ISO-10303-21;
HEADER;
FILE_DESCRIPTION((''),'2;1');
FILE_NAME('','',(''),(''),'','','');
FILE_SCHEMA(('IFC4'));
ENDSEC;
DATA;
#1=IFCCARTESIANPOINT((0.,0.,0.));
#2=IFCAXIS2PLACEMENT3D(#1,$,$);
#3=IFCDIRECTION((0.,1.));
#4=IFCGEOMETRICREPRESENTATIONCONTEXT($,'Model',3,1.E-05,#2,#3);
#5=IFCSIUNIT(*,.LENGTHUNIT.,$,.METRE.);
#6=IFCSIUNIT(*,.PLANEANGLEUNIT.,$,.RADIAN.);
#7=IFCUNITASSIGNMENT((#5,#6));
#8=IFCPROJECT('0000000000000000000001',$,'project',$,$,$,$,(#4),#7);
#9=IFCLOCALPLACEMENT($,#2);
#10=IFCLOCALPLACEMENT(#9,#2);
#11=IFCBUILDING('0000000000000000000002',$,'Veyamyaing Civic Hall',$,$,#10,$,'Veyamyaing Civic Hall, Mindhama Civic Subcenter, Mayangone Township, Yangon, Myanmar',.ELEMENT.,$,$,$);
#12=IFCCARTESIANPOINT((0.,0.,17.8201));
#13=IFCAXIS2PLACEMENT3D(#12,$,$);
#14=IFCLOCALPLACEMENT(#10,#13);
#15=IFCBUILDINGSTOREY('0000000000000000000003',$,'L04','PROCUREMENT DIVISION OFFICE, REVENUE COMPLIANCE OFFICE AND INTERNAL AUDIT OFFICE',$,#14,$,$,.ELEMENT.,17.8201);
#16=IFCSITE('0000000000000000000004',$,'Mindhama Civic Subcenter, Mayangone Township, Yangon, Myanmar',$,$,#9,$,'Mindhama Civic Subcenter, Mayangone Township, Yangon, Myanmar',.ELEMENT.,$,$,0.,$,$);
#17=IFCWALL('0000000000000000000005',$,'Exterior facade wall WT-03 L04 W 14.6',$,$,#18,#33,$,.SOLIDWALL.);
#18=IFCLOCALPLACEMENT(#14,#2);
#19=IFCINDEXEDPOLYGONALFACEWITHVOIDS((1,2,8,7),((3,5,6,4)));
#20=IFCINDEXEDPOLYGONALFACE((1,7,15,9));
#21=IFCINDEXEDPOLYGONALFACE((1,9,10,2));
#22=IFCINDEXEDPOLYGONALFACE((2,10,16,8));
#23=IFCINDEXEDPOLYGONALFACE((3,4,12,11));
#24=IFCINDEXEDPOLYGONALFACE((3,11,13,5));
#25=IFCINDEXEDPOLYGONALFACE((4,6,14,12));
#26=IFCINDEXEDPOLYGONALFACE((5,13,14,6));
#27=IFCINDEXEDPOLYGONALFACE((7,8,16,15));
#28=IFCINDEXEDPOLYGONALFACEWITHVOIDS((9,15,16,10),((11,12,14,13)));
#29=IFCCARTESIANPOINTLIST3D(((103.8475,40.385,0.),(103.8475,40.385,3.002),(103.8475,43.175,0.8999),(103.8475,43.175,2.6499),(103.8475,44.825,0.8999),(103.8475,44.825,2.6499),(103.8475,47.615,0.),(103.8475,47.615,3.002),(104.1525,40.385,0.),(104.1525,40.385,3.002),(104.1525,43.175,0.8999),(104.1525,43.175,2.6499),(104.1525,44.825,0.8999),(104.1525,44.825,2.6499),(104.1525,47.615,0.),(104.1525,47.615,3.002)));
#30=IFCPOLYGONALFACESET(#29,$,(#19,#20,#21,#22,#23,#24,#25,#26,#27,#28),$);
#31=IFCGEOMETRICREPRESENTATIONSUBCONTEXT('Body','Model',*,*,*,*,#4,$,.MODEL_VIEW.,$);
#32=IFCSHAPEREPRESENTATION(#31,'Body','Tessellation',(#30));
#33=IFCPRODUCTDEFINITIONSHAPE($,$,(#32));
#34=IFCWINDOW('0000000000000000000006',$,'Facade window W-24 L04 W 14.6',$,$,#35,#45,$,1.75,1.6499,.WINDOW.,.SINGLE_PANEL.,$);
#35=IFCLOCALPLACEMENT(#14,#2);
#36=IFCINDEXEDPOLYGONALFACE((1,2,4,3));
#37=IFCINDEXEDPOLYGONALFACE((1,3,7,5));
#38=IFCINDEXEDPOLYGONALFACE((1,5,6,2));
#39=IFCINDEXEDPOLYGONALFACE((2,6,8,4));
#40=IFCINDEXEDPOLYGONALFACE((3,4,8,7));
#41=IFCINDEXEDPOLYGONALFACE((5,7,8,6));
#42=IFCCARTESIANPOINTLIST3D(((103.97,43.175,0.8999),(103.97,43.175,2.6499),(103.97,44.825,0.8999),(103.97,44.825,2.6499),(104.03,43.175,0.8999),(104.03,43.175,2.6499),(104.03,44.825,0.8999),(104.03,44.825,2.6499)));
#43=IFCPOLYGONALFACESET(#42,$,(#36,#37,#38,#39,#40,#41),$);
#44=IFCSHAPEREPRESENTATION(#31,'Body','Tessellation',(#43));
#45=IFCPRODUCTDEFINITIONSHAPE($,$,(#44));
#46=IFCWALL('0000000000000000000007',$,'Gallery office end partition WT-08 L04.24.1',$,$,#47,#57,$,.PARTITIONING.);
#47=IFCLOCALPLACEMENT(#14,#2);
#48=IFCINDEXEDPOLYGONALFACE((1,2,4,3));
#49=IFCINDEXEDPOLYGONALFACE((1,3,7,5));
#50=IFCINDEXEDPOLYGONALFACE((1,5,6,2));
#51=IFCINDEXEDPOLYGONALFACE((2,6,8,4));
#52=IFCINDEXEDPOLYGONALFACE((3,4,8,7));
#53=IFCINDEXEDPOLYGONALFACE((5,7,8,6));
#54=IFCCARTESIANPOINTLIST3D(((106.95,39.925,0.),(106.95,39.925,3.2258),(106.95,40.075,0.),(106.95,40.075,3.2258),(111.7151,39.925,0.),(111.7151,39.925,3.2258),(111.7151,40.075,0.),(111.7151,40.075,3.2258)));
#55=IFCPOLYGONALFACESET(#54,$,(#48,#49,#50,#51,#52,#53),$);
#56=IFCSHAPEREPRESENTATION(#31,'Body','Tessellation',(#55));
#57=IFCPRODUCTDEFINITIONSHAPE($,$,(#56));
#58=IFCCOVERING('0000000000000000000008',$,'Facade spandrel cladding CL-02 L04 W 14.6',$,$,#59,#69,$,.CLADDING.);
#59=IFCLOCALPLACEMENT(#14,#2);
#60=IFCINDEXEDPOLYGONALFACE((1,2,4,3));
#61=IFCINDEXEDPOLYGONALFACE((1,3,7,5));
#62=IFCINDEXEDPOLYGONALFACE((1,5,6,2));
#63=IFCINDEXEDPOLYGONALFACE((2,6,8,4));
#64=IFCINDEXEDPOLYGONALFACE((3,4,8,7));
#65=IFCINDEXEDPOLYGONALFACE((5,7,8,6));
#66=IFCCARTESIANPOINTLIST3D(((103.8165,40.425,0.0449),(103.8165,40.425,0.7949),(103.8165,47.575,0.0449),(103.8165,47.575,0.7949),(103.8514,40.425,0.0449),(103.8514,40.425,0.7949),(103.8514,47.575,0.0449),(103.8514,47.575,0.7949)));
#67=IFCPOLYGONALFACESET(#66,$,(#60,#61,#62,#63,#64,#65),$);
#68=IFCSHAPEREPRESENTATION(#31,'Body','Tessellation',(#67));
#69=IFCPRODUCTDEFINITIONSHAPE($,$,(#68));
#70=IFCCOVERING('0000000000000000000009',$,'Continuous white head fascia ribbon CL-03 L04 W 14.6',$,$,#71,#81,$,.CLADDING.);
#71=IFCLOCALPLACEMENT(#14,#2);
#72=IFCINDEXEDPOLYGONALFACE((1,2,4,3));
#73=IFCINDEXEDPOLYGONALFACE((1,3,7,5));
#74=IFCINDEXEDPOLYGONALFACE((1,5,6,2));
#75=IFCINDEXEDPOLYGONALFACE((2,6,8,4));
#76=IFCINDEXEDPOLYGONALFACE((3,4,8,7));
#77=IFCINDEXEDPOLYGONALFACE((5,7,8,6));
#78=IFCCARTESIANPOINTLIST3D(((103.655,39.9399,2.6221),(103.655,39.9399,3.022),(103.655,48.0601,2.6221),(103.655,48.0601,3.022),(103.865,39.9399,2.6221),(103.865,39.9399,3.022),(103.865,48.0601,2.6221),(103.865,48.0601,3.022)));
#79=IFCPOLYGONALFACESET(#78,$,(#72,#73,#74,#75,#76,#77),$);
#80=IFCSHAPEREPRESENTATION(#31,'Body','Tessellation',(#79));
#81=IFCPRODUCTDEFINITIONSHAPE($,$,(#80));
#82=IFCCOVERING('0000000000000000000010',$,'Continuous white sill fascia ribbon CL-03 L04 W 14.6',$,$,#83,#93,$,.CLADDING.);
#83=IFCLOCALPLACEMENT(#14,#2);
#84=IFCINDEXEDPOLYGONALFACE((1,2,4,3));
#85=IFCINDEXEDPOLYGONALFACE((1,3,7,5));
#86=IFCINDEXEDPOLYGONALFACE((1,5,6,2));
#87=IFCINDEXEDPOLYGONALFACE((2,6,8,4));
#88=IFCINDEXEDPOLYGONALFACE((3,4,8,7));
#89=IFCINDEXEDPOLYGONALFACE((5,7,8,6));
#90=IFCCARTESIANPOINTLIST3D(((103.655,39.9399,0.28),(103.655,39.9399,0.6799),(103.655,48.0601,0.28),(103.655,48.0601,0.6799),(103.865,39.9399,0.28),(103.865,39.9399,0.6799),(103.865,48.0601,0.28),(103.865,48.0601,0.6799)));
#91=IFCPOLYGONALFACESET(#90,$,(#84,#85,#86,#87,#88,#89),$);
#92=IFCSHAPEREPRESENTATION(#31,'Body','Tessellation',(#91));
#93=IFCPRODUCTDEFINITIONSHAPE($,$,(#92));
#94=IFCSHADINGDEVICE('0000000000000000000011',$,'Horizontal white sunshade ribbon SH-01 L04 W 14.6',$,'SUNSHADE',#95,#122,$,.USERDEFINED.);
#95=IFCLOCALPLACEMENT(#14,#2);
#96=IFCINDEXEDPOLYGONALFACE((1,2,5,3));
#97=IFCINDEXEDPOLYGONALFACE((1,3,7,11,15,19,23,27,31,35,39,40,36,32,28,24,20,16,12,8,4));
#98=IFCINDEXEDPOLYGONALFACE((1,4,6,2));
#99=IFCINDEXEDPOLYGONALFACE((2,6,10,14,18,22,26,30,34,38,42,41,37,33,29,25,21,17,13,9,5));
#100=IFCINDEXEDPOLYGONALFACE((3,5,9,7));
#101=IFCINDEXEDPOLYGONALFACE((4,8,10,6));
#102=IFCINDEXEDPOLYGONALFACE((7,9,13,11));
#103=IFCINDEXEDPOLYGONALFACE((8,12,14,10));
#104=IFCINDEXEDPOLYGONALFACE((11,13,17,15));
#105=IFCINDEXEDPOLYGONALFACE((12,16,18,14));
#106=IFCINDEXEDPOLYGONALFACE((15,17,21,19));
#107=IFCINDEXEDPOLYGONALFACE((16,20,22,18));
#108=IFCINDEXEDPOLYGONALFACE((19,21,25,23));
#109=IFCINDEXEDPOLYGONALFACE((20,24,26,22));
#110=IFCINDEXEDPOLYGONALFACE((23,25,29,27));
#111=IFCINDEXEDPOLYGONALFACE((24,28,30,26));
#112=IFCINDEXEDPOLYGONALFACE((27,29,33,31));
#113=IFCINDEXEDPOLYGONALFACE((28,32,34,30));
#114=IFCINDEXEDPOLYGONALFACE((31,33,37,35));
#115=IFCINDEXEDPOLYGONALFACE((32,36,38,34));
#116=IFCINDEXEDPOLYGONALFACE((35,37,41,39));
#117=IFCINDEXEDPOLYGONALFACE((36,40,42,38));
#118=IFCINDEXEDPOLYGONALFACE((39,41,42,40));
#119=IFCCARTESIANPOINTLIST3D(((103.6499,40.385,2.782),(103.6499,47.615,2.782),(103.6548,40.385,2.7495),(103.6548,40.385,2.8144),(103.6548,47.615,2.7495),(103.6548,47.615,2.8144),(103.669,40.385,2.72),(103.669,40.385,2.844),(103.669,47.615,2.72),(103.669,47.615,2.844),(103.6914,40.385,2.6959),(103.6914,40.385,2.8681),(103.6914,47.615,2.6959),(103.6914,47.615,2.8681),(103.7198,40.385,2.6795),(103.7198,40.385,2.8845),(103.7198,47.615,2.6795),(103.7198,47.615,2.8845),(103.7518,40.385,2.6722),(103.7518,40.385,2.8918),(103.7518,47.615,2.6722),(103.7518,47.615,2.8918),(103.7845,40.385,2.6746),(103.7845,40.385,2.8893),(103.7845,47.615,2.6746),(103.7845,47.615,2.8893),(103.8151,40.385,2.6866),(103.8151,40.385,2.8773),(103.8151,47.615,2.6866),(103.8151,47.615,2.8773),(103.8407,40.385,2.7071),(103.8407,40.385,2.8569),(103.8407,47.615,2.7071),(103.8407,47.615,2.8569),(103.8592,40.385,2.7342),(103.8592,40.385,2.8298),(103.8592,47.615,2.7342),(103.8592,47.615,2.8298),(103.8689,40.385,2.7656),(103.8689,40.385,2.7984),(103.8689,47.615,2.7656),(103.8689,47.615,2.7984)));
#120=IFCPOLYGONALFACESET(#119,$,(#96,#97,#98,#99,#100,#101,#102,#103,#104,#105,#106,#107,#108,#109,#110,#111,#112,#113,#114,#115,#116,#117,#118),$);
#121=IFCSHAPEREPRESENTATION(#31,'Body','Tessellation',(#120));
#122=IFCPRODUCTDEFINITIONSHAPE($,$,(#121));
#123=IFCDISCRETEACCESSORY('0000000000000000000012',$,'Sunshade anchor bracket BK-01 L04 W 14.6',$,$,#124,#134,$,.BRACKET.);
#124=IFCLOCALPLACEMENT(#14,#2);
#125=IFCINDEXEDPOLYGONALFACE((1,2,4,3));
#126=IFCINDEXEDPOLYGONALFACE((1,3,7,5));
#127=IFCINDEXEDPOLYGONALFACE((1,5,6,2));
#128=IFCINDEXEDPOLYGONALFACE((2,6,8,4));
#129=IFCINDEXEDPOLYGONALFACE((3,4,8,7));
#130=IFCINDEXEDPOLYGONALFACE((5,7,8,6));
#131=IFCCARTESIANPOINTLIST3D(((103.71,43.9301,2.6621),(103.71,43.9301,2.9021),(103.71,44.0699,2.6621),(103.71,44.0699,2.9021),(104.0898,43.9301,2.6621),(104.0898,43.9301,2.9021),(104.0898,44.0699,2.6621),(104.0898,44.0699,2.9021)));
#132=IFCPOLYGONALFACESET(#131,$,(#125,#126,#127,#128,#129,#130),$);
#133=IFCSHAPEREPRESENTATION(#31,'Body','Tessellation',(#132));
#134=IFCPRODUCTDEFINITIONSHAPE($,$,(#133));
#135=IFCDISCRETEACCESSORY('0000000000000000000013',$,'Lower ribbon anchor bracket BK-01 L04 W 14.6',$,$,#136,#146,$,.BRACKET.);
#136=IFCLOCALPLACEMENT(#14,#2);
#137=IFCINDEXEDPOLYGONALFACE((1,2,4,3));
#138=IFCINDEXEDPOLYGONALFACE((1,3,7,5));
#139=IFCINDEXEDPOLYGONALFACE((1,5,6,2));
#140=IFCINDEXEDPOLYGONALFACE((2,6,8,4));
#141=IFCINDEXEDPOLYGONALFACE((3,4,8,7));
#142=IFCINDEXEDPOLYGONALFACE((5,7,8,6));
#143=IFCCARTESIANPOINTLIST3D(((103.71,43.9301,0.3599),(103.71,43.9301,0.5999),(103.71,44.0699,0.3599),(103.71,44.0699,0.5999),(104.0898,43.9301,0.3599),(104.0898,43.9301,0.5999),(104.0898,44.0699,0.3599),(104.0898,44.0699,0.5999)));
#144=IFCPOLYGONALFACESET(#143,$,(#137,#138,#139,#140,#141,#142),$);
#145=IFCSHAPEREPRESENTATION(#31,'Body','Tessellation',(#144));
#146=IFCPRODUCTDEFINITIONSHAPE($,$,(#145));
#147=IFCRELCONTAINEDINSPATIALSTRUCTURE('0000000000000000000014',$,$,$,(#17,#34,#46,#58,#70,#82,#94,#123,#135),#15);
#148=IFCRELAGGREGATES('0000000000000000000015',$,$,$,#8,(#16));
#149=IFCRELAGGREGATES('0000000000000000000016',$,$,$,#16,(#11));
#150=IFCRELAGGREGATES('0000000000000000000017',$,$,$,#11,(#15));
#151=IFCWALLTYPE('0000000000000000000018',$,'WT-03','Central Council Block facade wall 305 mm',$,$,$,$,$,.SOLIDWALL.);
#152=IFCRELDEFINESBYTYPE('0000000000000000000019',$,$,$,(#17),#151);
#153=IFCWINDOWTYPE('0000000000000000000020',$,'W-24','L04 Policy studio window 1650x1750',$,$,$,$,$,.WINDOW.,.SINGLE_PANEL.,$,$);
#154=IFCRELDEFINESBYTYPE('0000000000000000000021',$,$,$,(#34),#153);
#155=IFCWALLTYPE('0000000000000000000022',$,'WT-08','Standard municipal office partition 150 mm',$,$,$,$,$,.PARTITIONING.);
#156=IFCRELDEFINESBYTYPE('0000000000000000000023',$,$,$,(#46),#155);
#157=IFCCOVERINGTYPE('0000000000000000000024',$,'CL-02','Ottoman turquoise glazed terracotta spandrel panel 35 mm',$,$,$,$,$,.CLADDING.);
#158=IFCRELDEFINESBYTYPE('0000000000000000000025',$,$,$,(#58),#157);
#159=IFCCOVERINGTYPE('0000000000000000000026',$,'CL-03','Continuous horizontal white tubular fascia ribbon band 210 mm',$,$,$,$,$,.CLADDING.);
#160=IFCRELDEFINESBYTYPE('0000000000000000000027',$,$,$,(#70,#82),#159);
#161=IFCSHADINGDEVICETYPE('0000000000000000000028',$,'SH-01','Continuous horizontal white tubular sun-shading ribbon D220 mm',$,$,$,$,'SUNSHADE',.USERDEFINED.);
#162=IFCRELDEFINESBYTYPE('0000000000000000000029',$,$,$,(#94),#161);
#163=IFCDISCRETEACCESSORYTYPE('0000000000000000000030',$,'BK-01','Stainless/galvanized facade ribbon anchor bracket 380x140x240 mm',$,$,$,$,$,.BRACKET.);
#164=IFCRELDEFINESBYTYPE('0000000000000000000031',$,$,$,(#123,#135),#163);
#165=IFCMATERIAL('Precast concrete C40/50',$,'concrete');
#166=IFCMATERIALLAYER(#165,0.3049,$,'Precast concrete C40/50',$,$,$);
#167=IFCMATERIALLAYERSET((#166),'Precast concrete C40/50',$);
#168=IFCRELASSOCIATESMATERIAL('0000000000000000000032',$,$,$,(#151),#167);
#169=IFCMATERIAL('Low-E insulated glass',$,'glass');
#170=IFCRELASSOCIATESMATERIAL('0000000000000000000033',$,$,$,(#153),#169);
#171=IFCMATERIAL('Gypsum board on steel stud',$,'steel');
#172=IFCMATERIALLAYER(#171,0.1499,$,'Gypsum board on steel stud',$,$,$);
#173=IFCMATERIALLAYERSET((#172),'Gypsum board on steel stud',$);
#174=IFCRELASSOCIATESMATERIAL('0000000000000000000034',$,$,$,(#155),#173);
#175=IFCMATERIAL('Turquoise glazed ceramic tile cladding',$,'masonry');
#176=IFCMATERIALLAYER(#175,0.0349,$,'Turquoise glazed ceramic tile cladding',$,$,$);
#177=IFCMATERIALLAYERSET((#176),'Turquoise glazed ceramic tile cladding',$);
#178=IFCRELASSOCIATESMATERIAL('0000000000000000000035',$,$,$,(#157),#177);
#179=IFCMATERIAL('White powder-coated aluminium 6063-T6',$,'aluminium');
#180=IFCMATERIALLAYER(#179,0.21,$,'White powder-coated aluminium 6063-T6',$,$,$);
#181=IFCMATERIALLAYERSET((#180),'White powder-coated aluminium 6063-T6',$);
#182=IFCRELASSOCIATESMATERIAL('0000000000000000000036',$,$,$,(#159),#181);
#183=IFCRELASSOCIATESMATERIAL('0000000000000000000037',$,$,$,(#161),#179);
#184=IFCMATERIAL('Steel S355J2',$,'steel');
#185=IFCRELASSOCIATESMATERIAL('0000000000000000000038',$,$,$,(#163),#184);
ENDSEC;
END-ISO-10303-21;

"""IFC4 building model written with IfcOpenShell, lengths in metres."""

from ifc_helpers import new_model, si_unit, direction, frame, frame_2d, origin, origin_2d, place, context, subcontext, project, spatial, rectangle, circle, extrude, material, layer, layer_set, material_profile, profile_set, type_object, element, fill, save


model = new_model("IFC4")

# Units and contexts
model_context = context("Model", 3, precision=1e-05, world=origin(), true_north=direction((0.0, 1.0)))
body_context = subcontext(model_context, "Body", "Model", "MODEL_VIEW")
ifc_project = project(units=[si_unit("LENGTHUNIT", "METRE"), si_unit("PLANEANGLEUNIT", "RADIAN")], contexts=[model_context])

# Site, building, storey
site_placement = place(None, origin())
site = spatial("IfcSite", under=ifc_project, at=site_placement, Name="Mindhama Civic Subcenter, Mayangone Township, Yangon, Myanmar", LongName="Mindhama Civic Subcenter, Mayangone Township, Yangon, Myanmar", CompositionType="ELEMENT", RefElevation=0.0)
building_placement = place(site_placement, origin())
building = spatial("IfcBuilding", under=site, at=building_placement, Name="Veyamyaing Civic Hall", LongName="Veyamyaing Civic Hall, Mindhama Civic Subcenter, Mayangone Township, Yangon, Myanmar", CompositionType="ELEMENT")
storey_placement = place(building_placement, frame((0.0, 0.0, 17.8201)))
storey = spatial("IfcBuildingStorey", under=building, at=storey_placement, Name="L04", Description="PROCUREMENT DIVISION OFFICE, REVENUE COMPLIANCE OFFICE AND INTERNAL AUDIT OFFICE", CompositionType="ELEMENT", Elevation=17.8201)

# Shared definitions
ifc_material_1 = material(Name="Steel S355J2", Category="steel")

# Shared definitions
ifc_material_2 = material(Name="Low-E insulated glass", Category="glass")

# Wall, opening, window
ifc_material_3 = material(Name="Precast concrete C40/50", Category="concrete")
ifc_layer_1 = layer(ifc_material_3, 0.3049, Name="Precast concrete C40/50")
ifc_layer_set_1 = layer_set([ifc_layer_1], Name="Precast concrete C40/50")
wall_type_1 = type_object("IfcWallType", Name="WT-03", Description="Central Council Block facade wall 305 mm", PredefinedType="SOLIDWALL", material=ifc_layer_set_1)
wall_1_placement = place(storey_placement, frame((104.0, 40.385, 0.0), z_axis=(0.0, 0.0, 1.0), x_axis=(0.0, 1.0, 0.0)))
wall_1 = element("IfcWall", 1, at=wall_1_placement, inside=storey, type_object=wall_type_1, Name="Exterior facade wall WT-03 L04 W 14.6", PredefinedType="SOLIDWALL", context=body_context, shape_type="SweptSolid", body=[
    extrude(rectangle(XDim=7.23, YDim=0.3049, at=frame_2d((3.615, 0.0))), origin(), (0.0, 0.0, 1.0), 3.002),
])
opening_placement = place(wall_1_placement, frame((2.79, 0.0, 0.8999)))
opening = element("IfcOpeningElement", 2, at=opening_placement, cuts=wall_1, PredefinedType="OPENING", context=body_context, shape_type="SweptSolid", body=[
    extrude(rectangle(XDim=1.6499, YDim=1.75, at=frame_2d((0.825, 0.875))), frame((0.0, 0.1624, 0.0), z_axis=(0.0, -1.0, 0.0), x_axis=(1.0, 0.0, 0.0)), (0.0, 0.0, 1.0), 0.325),
])
window_type = type_object("IfcWindowType", Name="W-24", Description="L04 Policy studio window 1650x1750", PartitioningType="SINGLE_PANEL", PredefinedType="WINDOW", material=ifc_material_2)
window_placement = place(opening_placement, origin())
window = element("IfcWindow", 3, at=window_placement, inside=storey, type_object=window_type, Name="Facade window W-24 L04 W 14.6", OverallHeight=1.75, OverallWidth=1.6499, PartitioningType="SINGLE_PANEL", PredefinedType="WINDOW", context=body_context, shape_type="SweptSolid", body=[
    extrude(rectangle(XDim=1.6499, YDim=1.75, at=frame_2d((0.825, 0.875))), frame((0.0, 0.03, 0.0), z_axis=(0.0, -1.0, 0.0), x_axis=(1.0, 0.0, 0.0)), (0.0, 0.0, 1.0), 0.0601),
])
fill(opening, window)

# Wall
ifc_material_4 = material(Name="Gypsum board on steel stud", Category="steel")
ifc_layer_2 = layer(ifc_material_4, 0.1499, Name="Gypsum board on steel stud")
ifc_layer_set_2 = layer_set([ifc_layer_2], Name="Gypsum board on steel stud")
wall_type_2 = type_object("IfcWallType", Name="WT-08", Description="Standard municipal office partition 150 mm", PredefinedType="PARTITIONING", material=ifc_layer_set_2)
wall_2_placement = place(storey_placement, frame((106.95, 40.0, 0.0), z_axis=(0.0, 0.0, 1.0), x_axis=(1.0, 0.0, 0.0)))
element("IfcWall", 4, at=wall_2_placement, inside=storey, type_object=wall_type_2, Name="Gallery office end partition WT-08 L04.24.1", PredefinedType="PARTITIONING", context=body_context, shape_type="SweptSolid", body=[
    extrude(rectangle(XDim=4.7651, YDim=0.1499, at=frame_2d((2.3826, 0.0))), origin(), (0.0, 0.0, 1.0), 3.2258),
])

# Coverings
ifc_material_5 = material(Name="Turquoise glazed ceramic tile cladding", Category="masonry")
ifc_layer_3 = layer(ifc_material_5, 0.0349, Name="Turquoise glazed ceramic tile cladding")
ifc_layer_set_3 = layer_set([ifc_layer_3], Name="Turquoise glazed ceramic tile cladding")
covering_type_1 = type_object("IfcCoveringType", Name="CL-02", Description="Ottoman turquoise glazed terracotta spandrel panel 35 mm", PredefinedType="CLADDING", material=ifc_layer_set_3)
covering_placement = place(storey_placement, frame((103.834, 44.0, 0.0449), z_axis=(0.0, 0.0, 1.0), x_axis=(0.0, 1.0, 0.0)))
element("IfcCovering", 5, at=covering_placement, inside=storey, type_object=covering_type_1, Name="Facade spandrel cladding CL-02 L04 W 14.6", PredefinedType="CLADDING", context=body_context, shape_type="SweptSolid", body=[
    extrude(rectangle(XDim=7.1499, YDim=0.0349, at=origin_2d()), origin(), (0.0, 0.0, 1.0), 0.75),
])
ifc_material_6 = material(Name="White powder-coated aluminium 6063-T6", Category="aluminium")
ifc_layer_4 = layer(ifc_material_6, 0.21, Name="White powder-coated aluminium 6063-T6")
ifc_layer_set_4 = layer_set([ifc_layer_4], Name="White powder-coated aluminium 6063-T6")
covering_type_2 = type_object("IfcCoveringType", Name="CL-03", Description="Continuous horizontal white tubular fascia ribbon band 210 mm", PredefinedType="CLADDING", material=ifc_layer_set_4)
for number, where, z_axis, x_axis, name in (
    (6, (103.76, 44.0, 2.6221), (0.0, 0.0, 1.0), (0.0, 1.0, 0.0), "Continuous white head fascia ribbon CL-03 L04 W 14.6"),
    (7, (103.76, 44.0, 0.28), (0.0, 0.0, 1.0), (0.0, 1.0, 0.0), "Continuous white sill fascia ribbon CL-03 L04 W 14.6"),
):
    element("IfcCovering", number, at=place(storey_placement, frame(where, z_axis=z_axis, x_axis=x_axis)), inside=storey, type_object=covering_type_2, Name=name, PredefinedType="CLADDING", context=body_context, shape_type="SweptSolid", body=[
        extrude(rectangle(XDim=8.1201, YDim=0.21, at=origin_2d()), origin(), (0.0, 0.0, 1.0), 0.3999),
    ])

# Shading device
ifc_material_profile_1 = material_profile(ifc_material_6, circle(Radius=0.1101, at=origin_2d()), Name="SHADE-TUBE-220")
ifc_profile_set_1 = profile_set([ifc_material_profile_1], Name="White powder-coated aluminium 6063-T6")
shading_device_type = type_object("IfcShadingDeviceType", Name="SH-01", Description="Continuous horizontal white tubular sun-shading ribbon D220 mm", ElementType="SUNSHADE", PredefinedType="USERDEFINED", material=ifc_profile_set_1)
shading_device_placement = place(storey_placement, frame((103.76, 40.385, 2.782), z_axis=(0.0, 1.0, 0.0), x_axis=(-1.0, 0.0, 0.0)))
element("IfcShadingDevice", 8, at=shading_device_placement, inside=storey, type_object=shading_device_type, Name="Horizontal white sunshade ribbon SH-01 L04 W 14.6", ObjectType="SUNSHADE", PredefinedType="USERDEFINED", context=body_context, shape_type="SweptSolid", body=[
    extrude(circle(Radius=0.1101, at=origin_2d()), origin(), (0.0, 0.0, 1.0), 7.23),
])

# Discrete accessories
discrete_accessory_type = type_object("IfcDiscreteAccessoryType", Name="BK-01", Description="Stainless/galvanized facade ribbon anchor bracket 380x140x240 mm", PredefinedType="BRACKET", material=ifc_material_1)
for number, where, z_axis, x_axis, name in (
    (9, (103.8999, 44.0, 2.6621), (0.0, 0.0, 1.0), (-1.0, 0.0, 0.0), "Sunshade anchor bracket BK-01 L04 W 14.6"),
    (10, (103.8999, 44.0, 0.3599), (0.0, 0.0, 1.0), (-1.0, 0.0, 0.0), "Lower ribbon anchor bracket BK-01 L04 W 14.6"),
):
    element("IfcDiscreteAccessory", number, at=place(storey_placement, frame(where, z_axis=z_axis, x_axis=x_axis)), inside=storey, type_object=discrete_accessory_type, Name=name, PredefinedType="BRACKET", context=body_context, shape_type="SweptSolid", body=[
        extrude(rectangle(XDim=0.3799, YDim=0.1399, at=origin_2d()), origin(), (0.0, 0.0, 1.0), 0.24),
    ])

save(model, "model.ifc")
